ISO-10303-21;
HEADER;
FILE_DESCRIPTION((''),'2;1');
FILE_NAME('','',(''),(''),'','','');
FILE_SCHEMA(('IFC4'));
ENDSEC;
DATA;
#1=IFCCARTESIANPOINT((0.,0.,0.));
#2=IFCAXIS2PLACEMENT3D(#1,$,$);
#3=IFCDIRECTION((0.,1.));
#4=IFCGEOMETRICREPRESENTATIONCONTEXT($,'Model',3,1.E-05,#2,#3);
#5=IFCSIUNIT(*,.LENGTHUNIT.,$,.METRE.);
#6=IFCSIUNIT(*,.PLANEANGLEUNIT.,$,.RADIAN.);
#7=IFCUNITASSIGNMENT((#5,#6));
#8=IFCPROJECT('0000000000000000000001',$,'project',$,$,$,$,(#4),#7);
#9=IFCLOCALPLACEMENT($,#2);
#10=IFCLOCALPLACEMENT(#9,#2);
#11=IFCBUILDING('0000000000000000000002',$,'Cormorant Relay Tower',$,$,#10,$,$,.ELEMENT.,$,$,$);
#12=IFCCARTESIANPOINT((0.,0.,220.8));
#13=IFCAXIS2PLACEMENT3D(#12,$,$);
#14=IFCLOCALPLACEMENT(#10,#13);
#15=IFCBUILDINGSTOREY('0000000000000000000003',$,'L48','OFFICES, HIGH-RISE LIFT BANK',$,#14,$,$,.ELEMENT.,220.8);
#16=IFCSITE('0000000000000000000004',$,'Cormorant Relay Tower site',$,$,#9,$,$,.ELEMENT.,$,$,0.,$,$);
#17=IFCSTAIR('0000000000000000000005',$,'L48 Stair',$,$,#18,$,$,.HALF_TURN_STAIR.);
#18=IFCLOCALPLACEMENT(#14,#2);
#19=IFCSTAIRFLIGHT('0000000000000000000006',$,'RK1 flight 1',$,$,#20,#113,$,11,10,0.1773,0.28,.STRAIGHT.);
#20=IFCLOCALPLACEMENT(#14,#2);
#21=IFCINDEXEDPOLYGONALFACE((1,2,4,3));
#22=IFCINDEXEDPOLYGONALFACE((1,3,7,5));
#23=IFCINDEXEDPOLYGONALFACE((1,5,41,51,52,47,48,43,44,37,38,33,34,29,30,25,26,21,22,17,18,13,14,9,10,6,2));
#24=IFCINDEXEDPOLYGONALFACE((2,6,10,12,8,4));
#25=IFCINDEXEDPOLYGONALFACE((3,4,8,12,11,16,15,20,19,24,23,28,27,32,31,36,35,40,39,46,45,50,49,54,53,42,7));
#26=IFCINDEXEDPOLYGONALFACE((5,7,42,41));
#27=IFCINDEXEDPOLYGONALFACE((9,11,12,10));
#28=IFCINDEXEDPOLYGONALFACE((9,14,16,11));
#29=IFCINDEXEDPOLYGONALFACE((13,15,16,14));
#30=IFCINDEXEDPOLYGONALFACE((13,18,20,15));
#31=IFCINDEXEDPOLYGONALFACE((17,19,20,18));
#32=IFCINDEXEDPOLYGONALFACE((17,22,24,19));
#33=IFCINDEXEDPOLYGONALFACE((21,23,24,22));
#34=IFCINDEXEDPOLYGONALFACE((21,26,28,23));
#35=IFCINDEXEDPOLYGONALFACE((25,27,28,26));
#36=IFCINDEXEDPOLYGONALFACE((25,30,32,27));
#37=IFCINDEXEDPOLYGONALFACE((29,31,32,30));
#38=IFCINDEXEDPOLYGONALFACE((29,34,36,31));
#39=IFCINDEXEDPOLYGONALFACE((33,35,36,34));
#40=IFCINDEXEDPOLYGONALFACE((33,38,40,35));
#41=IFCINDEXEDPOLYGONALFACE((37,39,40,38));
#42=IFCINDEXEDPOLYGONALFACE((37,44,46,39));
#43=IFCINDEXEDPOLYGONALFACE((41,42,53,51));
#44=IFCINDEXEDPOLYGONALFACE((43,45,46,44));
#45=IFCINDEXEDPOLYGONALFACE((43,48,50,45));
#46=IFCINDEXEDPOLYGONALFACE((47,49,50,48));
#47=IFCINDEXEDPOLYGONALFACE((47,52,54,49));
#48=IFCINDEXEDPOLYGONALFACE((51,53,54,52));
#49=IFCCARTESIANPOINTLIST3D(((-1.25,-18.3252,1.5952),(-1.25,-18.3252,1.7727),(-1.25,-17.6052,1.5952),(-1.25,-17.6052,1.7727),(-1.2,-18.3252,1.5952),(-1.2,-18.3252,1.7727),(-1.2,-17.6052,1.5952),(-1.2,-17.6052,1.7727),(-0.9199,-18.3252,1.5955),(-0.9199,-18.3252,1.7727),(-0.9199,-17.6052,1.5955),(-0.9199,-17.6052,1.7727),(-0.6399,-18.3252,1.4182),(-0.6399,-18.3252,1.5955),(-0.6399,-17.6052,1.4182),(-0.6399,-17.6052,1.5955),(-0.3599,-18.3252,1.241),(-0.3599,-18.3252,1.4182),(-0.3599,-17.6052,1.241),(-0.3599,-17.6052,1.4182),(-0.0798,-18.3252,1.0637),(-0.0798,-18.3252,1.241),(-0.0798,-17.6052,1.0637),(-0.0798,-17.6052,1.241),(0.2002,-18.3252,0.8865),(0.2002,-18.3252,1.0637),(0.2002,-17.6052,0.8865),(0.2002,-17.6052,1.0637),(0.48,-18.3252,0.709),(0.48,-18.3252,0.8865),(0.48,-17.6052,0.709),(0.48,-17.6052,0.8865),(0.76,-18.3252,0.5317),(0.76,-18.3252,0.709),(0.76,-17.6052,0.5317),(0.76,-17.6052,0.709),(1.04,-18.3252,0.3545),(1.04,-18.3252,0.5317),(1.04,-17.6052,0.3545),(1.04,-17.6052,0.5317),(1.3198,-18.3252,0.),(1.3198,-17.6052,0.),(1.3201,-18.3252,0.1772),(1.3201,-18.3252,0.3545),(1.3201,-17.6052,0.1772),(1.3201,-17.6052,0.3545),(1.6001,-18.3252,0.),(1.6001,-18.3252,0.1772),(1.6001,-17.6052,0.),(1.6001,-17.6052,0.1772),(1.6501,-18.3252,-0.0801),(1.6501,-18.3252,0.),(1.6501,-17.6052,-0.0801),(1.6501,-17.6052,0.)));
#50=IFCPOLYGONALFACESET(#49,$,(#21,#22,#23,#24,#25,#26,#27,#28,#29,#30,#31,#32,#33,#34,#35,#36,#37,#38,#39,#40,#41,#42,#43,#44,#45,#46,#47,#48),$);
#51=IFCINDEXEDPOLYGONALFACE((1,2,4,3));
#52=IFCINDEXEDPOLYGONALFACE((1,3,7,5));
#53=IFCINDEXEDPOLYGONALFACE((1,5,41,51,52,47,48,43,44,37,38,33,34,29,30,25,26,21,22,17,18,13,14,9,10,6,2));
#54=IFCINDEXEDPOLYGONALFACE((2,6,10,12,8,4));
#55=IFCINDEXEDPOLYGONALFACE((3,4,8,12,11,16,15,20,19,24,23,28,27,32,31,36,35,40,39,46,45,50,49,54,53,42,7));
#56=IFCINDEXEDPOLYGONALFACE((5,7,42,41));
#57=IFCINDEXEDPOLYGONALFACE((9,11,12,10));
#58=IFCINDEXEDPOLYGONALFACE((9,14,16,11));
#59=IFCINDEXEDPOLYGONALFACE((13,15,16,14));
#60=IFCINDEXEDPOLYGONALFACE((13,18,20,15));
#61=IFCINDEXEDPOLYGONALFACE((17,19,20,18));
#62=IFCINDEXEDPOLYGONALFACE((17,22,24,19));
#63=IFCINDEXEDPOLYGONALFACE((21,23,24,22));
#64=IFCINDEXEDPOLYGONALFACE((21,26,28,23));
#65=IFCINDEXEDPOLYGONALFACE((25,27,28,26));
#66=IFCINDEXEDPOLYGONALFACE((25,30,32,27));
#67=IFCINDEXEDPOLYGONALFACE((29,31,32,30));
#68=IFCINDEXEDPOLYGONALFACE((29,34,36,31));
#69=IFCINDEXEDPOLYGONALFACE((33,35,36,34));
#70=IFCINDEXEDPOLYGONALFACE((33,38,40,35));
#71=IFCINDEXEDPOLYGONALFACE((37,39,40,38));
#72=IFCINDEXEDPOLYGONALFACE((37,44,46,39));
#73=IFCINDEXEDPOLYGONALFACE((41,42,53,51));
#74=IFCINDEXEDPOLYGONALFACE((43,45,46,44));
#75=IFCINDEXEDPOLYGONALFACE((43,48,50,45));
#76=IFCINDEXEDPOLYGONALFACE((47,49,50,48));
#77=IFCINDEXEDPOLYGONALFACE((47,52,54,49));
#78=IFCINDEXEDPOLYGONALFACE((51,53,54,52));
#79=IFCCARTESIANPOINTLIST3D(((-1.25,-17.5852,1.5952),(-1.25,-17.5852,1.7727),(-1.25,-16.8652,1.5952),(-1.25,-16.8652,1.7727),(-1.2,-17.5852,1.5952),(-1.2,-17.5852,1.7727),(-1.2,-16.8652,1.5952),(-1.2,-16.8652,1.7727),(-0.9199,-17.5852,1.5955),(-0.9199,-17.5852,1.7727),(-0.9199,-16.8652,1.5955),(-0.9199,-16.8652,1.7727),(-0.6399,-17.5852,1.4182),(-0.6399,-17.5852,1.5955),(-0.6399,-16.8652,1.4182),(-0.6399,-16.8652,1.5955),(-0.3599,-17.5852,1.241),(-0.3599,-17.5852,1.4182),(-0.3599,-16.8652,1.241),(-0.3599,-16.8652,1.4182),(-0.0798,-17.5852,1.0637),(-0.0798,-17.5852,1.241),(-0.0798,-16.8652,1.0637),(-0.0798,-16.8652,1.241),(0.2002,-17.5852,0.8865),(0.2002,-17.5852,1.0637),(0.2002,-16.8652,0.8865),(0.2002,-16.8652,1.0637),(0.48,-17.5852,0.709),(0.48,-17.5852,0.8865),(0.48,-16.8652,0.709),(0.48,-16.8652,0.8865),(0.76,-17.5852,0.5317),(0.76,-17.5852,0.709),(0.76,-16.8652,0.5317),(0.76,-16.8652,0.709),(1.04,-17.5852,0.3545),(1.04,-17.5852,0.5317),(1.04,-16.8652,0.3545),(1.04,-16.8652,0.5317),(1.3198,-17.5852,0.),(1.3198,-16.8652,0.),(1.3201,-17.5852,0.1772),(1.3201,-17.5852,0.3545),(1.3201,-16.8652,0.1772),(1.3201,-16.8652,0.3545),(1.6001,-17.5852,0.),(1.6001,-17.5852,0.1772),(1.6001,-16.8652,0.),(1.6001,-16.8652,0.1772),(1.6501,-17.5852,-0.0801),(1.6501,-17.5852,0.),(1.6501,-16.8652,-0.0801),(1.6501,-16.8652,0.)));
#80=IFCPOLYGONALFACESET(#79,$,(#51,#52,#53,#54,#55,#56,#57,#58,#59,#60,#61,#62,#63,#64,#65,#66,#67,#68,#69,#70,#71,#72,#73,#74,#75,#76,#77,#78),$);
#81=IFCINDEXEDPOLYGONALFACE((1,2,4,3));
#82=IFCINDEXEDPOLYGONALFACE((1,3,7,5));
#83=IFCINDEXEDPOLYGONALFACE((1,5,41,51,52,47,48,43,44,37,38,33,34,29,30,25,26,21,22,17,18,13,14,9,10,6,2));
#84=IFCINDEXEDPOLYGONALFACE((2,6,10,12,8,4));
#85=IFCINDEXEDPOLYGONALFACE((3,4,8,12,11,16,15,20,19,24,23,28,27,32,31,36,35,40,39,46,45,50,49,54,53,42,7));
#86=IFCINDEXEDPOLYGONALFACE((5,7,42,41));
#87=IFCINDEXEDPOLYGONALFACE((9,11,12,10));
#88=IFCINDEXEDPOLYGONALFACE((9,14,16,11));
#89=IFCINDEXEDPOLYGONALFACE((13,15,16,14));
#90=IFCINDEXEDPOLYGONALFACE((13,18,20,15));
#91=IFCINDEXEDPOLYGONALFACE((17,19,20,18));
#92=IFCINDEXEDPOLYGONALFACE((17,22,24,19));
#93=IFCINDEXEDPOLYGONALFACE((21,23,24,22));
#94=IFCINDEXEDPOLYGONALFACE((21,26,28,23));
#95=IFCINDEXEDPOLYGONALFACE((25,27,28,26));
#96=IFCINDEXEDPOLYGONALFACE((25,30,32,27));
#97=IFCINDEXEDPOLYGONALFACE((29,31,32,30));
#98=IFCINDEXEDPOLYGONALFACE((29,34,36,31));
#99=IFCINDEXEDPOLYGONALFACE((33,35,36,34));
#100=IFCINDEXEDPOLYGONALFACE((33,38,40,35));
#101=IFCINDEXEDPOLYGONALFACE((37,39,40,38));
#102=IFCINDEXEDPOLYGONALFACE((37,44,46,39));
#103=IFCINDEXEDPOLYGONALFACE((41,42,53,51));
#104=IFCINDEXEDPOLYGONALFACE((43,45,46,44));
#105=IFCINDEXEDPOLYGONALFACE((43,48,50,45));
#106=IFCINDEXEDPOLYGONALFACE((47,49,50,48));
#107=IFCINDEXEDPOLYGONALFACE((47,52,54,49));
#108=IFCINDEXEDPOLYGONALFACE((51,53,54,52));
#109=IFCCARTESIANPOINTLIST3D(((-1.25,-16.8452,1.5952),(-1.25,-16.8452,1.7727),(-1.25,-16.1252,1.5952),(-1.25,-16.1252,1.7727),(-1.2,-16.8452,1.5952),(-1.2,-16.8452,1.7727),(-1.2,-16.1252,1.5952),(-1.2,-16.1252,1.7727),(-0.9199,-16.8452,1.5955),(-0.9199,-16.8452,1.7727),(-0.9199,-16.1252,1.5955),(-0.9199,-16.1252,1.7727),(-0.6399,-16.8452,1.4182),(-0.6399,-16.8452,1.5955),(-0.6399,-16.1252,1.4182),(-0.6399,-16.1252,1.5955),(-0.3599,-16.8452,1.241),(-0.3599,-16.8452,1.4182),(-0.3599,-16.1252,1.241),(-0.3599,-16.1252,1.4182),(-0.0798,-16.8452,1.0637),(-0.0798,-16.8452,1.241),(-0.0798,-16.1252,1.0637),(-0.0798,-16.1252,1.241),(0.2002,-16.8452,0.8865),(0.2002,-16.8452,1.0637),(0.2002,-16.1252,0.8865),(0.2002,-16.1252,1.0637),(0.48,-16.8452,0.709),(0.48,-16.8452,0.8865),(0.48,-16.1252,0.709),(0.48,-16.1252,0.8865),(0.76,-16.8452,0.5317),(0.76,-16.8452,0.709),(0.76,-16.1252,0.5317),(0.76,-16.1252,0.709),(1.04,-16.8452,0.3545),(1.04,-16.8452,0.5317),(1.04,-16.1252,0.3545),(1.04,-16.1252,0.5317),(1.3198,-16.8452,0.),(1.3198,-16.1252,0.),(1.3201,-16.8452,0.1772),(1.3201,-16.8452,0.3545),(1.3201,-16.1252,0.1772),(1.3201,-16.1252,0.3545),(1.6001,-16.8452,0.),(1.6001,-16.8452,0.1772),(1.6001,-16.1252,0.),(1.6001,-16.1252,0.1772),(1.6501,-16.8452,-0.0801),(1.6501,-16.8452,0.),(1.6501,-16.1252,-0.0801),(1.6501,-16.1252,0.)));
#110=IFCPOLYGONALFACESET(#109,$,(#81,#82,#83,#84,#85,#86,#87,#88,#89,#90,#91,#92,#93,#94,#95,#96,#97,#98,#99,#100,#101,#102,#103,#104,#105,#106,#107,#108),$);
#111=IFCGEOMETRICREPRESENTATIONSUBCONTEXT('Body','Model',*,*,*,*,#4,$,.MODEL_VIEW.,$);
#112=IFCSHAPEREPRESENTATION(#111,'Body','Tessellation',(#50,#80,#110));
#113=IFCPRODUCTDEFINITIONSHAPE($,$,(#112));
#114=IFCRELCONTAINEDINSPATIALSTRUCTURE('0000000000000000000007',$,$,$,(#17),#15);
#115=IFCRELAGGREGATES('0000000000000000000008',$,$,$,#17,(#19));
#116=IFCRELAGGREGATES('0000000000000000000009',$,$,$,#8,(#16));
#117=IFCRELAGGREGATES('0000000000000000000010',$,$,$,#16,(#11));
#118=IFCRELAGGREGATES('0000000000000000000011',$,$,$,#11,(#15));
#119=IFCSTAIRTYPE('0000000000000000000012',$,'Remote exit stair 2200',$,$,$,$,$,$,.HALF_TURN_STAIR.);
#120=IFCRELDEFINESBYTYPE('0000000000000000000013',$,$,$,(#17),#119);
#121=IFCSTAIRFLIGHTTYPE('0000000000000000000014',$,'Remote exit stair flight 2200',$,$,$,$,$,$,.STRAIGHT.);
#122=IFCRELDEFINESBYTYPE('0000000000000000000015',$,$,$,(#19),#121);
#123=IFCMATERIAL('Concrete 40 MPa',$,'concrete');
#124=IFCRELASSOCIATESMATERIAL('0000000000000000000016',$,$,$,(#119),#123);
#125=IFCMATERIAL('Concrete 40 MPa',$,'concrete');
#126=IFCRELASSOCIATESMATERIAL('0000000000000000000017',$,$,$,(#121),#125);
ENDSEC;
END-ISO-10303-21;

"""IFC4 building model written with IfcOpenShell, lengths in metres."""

from ifc_helpers import new_model, si_unit, direction, frame, origin, place, context, subcontext, project, spatial, polyline, outline, extrude, material, type_object, element, aggregate, save


model = new_model("IFC4")

# Units and contexts
model_context = context("Model", 3, precision=1e-05, world=origin(), true_north=direction((0.0, 1.0)))
body_context = subcontext(model_context, "Body", "Model", "MODEL_VIEW")
ifc_project = project(units=[si_unit("LENGTHUNIT", "METRE"), si_unit("PLANEANGLEUNIT", "RADIAN")], contexts=[model_context])

# Site, building, storey
site_placement = place(None, origin())
site = spatial("IfcSite", under=ifc_project, at=site_placement, Name="Cormorant Relay Tower site", CompositionType="ELEMENT", RefElevation=0.0)
building_placement = place(site_placement, origin())
building = spatial("IfcBuilding", under=site, at=building_placement, Name="Cormorant Relay Tower", CompositionType="ELEMENT")
storey_placement = place(building_placement, frame((0.0, 0.0, 220.8)))
storey = spatial("IfcBuildingStorey", under=building, at=storey_placement, Name="L48", Description="OFFICES, HIGH-RISE LIFT BANK", CompositionType="ELEMENT", Elevation=220.8)

# Stair, stair flight
ifc_material_1 = material(Name="Concrete 40 MPa", Category="concrete")
stair_type = type_object("IfcStairType", Name="Remote exit stair 2200", PredefinedType="HALF_TURN_STAIR", material=ifc_material_1)
stair_placement = place(storey_placement, origin())
stair = element("IfcStair", 1, at=stair_placement, inside=storey, type_object=stair_type, Name="L48 Stair", PredefinedType="HALF_TURN_STAIR")
ifc_material_2 = material(Name="Concrete 40 MPa", Category="concrete")
stair_flight_type = type_object("IfcStairFlightType", Name="Remote exit stair flight 2200", PredefinedType="STRAIGHT", material=ifc_material_2)
stair_flight_1_placement = place(storey_placement, frame((1.6001, -17.2251, 0.0), z_axis=(0.0, 0.0, 1.0), x_axis=(-1.0, 0.0, 0.0)))
stair_flight_1 = element("IfcStairFlight", 2, at=stair_flight_1_placement, type_object=stair_flight_type, Name="RK1 flight 1", NumberOfRisers=11, NumberOfTreads=10, PredefinedType="STRAIGHT", RiserHeight=0.1773, TreadLength=0.28, context=body_context, shape_type="SweptSolid", body=[
    extrude(outline(polyline([(-0.05, -0.0801), (-0.05, 0.0), (0.0, 0.0), (0.0, 0.1772), (0.28, 0.1772), (0.28, 0.3545), (0.5601, 0.3545), (0.5601, 0.5317), (0.8401, 0.5317), (0.8401, 0.709), (1.1201, 0.709), (1.1201, 0.8865), (1.3999, 0.8865), (1.3999, 1.0637), (1.6799, 1.0637), (1.6799, 1.241), (1.96, 1.241), (1.96, 1.4182), (2.24, 1.4182), (2.24, 1.5955), (2.52, 1.5955), (2.52, 1.7727), (2.8, 1.7727), (2.8501, 1.7727), (2.8501, 1.5952), (2.8, 1.5952), (0.2803, 0.0), (-0.05, -0.0801)])), frame((0.0, 1.1001, 0.0), z_axis=(0.0, -1.0, 0.0), x_axis=(1.0, 0.0, 0.0)), (0.0, 0.0, 1.0), 0.72),
    extrude(outline(polyline([(-0.05, -0.0801), (-0.05, 0.0), (0.0, 0.0), (0.0, 0.1772), (0.28, 0.1772), (0.28, 0.3545), (0.5601, 0.3545), (0.5601, 0.5317), (0.8401, 0.5317), (0.8401, 0.709), (1.1201, 0.709), (1.1201, 0.8865), (1.3999, 0.8865), (1.3999, 1.0637), (1.6799, 1.0637), (1.6799, 1.241), (1.96, 1.241), (1.96, 1.4182), (2.24, 1.4182), (2.24, 1.5955), (2.52, 1.5955), (2.52, 1.7727), (2.8, 1.7727), (2.8501, 1.7727), (2.8501, 1.5952), (2.8, 1.5952), (0.2803, 0.0), (-0.05, -0.0801)])), frame((0.0, 0.3601, 0.0), z_axis=(0.0, -1.0, 0.0), x_axis=(1.0, 0.0, 0.0)), (0.0, 0.0, 1.0), 0.72),
    extrude(outline(polyline([(-0.05, -0.0801), (-0.05, 0.0), (0.0, 0.0), (0.0, 0.1772), (0.28, 0.1772), (0.28, 0.3545), (0.5601, 0.3545), (0.5601, 0.5317), (0.8401, 0.5317), (0.8401, 0.709), (1.1201, 0.709), (1.1201, 0.8865), (1.3999, 0.8865), (1.3999, 1.0637), (1.6799, 1.0637), (1.6799, 1.241), (1.96, 1.241), (1.96, 1.4182), (2.24, 1.4182), (2.24, 1.5955), (2.52, 1.5955), (2.52, 1.7727), (2.8, 1.7727), (2.8501, 1.7727), (2.8501, 1.5952), (2.8, 1.5952), (0.2803, 0.0), (-0.05, -0.0801)])), frame((0.0, -0.3799, 0.0), z_axis=(0.0, -1.0, 0.0), x_axis=(1.0, 0.0, 0.0)), (0.0, 0.0, 1.0), 0.72),
])
aggregate(stair, [stair_flight_1])

save(model, "model.ifc")
